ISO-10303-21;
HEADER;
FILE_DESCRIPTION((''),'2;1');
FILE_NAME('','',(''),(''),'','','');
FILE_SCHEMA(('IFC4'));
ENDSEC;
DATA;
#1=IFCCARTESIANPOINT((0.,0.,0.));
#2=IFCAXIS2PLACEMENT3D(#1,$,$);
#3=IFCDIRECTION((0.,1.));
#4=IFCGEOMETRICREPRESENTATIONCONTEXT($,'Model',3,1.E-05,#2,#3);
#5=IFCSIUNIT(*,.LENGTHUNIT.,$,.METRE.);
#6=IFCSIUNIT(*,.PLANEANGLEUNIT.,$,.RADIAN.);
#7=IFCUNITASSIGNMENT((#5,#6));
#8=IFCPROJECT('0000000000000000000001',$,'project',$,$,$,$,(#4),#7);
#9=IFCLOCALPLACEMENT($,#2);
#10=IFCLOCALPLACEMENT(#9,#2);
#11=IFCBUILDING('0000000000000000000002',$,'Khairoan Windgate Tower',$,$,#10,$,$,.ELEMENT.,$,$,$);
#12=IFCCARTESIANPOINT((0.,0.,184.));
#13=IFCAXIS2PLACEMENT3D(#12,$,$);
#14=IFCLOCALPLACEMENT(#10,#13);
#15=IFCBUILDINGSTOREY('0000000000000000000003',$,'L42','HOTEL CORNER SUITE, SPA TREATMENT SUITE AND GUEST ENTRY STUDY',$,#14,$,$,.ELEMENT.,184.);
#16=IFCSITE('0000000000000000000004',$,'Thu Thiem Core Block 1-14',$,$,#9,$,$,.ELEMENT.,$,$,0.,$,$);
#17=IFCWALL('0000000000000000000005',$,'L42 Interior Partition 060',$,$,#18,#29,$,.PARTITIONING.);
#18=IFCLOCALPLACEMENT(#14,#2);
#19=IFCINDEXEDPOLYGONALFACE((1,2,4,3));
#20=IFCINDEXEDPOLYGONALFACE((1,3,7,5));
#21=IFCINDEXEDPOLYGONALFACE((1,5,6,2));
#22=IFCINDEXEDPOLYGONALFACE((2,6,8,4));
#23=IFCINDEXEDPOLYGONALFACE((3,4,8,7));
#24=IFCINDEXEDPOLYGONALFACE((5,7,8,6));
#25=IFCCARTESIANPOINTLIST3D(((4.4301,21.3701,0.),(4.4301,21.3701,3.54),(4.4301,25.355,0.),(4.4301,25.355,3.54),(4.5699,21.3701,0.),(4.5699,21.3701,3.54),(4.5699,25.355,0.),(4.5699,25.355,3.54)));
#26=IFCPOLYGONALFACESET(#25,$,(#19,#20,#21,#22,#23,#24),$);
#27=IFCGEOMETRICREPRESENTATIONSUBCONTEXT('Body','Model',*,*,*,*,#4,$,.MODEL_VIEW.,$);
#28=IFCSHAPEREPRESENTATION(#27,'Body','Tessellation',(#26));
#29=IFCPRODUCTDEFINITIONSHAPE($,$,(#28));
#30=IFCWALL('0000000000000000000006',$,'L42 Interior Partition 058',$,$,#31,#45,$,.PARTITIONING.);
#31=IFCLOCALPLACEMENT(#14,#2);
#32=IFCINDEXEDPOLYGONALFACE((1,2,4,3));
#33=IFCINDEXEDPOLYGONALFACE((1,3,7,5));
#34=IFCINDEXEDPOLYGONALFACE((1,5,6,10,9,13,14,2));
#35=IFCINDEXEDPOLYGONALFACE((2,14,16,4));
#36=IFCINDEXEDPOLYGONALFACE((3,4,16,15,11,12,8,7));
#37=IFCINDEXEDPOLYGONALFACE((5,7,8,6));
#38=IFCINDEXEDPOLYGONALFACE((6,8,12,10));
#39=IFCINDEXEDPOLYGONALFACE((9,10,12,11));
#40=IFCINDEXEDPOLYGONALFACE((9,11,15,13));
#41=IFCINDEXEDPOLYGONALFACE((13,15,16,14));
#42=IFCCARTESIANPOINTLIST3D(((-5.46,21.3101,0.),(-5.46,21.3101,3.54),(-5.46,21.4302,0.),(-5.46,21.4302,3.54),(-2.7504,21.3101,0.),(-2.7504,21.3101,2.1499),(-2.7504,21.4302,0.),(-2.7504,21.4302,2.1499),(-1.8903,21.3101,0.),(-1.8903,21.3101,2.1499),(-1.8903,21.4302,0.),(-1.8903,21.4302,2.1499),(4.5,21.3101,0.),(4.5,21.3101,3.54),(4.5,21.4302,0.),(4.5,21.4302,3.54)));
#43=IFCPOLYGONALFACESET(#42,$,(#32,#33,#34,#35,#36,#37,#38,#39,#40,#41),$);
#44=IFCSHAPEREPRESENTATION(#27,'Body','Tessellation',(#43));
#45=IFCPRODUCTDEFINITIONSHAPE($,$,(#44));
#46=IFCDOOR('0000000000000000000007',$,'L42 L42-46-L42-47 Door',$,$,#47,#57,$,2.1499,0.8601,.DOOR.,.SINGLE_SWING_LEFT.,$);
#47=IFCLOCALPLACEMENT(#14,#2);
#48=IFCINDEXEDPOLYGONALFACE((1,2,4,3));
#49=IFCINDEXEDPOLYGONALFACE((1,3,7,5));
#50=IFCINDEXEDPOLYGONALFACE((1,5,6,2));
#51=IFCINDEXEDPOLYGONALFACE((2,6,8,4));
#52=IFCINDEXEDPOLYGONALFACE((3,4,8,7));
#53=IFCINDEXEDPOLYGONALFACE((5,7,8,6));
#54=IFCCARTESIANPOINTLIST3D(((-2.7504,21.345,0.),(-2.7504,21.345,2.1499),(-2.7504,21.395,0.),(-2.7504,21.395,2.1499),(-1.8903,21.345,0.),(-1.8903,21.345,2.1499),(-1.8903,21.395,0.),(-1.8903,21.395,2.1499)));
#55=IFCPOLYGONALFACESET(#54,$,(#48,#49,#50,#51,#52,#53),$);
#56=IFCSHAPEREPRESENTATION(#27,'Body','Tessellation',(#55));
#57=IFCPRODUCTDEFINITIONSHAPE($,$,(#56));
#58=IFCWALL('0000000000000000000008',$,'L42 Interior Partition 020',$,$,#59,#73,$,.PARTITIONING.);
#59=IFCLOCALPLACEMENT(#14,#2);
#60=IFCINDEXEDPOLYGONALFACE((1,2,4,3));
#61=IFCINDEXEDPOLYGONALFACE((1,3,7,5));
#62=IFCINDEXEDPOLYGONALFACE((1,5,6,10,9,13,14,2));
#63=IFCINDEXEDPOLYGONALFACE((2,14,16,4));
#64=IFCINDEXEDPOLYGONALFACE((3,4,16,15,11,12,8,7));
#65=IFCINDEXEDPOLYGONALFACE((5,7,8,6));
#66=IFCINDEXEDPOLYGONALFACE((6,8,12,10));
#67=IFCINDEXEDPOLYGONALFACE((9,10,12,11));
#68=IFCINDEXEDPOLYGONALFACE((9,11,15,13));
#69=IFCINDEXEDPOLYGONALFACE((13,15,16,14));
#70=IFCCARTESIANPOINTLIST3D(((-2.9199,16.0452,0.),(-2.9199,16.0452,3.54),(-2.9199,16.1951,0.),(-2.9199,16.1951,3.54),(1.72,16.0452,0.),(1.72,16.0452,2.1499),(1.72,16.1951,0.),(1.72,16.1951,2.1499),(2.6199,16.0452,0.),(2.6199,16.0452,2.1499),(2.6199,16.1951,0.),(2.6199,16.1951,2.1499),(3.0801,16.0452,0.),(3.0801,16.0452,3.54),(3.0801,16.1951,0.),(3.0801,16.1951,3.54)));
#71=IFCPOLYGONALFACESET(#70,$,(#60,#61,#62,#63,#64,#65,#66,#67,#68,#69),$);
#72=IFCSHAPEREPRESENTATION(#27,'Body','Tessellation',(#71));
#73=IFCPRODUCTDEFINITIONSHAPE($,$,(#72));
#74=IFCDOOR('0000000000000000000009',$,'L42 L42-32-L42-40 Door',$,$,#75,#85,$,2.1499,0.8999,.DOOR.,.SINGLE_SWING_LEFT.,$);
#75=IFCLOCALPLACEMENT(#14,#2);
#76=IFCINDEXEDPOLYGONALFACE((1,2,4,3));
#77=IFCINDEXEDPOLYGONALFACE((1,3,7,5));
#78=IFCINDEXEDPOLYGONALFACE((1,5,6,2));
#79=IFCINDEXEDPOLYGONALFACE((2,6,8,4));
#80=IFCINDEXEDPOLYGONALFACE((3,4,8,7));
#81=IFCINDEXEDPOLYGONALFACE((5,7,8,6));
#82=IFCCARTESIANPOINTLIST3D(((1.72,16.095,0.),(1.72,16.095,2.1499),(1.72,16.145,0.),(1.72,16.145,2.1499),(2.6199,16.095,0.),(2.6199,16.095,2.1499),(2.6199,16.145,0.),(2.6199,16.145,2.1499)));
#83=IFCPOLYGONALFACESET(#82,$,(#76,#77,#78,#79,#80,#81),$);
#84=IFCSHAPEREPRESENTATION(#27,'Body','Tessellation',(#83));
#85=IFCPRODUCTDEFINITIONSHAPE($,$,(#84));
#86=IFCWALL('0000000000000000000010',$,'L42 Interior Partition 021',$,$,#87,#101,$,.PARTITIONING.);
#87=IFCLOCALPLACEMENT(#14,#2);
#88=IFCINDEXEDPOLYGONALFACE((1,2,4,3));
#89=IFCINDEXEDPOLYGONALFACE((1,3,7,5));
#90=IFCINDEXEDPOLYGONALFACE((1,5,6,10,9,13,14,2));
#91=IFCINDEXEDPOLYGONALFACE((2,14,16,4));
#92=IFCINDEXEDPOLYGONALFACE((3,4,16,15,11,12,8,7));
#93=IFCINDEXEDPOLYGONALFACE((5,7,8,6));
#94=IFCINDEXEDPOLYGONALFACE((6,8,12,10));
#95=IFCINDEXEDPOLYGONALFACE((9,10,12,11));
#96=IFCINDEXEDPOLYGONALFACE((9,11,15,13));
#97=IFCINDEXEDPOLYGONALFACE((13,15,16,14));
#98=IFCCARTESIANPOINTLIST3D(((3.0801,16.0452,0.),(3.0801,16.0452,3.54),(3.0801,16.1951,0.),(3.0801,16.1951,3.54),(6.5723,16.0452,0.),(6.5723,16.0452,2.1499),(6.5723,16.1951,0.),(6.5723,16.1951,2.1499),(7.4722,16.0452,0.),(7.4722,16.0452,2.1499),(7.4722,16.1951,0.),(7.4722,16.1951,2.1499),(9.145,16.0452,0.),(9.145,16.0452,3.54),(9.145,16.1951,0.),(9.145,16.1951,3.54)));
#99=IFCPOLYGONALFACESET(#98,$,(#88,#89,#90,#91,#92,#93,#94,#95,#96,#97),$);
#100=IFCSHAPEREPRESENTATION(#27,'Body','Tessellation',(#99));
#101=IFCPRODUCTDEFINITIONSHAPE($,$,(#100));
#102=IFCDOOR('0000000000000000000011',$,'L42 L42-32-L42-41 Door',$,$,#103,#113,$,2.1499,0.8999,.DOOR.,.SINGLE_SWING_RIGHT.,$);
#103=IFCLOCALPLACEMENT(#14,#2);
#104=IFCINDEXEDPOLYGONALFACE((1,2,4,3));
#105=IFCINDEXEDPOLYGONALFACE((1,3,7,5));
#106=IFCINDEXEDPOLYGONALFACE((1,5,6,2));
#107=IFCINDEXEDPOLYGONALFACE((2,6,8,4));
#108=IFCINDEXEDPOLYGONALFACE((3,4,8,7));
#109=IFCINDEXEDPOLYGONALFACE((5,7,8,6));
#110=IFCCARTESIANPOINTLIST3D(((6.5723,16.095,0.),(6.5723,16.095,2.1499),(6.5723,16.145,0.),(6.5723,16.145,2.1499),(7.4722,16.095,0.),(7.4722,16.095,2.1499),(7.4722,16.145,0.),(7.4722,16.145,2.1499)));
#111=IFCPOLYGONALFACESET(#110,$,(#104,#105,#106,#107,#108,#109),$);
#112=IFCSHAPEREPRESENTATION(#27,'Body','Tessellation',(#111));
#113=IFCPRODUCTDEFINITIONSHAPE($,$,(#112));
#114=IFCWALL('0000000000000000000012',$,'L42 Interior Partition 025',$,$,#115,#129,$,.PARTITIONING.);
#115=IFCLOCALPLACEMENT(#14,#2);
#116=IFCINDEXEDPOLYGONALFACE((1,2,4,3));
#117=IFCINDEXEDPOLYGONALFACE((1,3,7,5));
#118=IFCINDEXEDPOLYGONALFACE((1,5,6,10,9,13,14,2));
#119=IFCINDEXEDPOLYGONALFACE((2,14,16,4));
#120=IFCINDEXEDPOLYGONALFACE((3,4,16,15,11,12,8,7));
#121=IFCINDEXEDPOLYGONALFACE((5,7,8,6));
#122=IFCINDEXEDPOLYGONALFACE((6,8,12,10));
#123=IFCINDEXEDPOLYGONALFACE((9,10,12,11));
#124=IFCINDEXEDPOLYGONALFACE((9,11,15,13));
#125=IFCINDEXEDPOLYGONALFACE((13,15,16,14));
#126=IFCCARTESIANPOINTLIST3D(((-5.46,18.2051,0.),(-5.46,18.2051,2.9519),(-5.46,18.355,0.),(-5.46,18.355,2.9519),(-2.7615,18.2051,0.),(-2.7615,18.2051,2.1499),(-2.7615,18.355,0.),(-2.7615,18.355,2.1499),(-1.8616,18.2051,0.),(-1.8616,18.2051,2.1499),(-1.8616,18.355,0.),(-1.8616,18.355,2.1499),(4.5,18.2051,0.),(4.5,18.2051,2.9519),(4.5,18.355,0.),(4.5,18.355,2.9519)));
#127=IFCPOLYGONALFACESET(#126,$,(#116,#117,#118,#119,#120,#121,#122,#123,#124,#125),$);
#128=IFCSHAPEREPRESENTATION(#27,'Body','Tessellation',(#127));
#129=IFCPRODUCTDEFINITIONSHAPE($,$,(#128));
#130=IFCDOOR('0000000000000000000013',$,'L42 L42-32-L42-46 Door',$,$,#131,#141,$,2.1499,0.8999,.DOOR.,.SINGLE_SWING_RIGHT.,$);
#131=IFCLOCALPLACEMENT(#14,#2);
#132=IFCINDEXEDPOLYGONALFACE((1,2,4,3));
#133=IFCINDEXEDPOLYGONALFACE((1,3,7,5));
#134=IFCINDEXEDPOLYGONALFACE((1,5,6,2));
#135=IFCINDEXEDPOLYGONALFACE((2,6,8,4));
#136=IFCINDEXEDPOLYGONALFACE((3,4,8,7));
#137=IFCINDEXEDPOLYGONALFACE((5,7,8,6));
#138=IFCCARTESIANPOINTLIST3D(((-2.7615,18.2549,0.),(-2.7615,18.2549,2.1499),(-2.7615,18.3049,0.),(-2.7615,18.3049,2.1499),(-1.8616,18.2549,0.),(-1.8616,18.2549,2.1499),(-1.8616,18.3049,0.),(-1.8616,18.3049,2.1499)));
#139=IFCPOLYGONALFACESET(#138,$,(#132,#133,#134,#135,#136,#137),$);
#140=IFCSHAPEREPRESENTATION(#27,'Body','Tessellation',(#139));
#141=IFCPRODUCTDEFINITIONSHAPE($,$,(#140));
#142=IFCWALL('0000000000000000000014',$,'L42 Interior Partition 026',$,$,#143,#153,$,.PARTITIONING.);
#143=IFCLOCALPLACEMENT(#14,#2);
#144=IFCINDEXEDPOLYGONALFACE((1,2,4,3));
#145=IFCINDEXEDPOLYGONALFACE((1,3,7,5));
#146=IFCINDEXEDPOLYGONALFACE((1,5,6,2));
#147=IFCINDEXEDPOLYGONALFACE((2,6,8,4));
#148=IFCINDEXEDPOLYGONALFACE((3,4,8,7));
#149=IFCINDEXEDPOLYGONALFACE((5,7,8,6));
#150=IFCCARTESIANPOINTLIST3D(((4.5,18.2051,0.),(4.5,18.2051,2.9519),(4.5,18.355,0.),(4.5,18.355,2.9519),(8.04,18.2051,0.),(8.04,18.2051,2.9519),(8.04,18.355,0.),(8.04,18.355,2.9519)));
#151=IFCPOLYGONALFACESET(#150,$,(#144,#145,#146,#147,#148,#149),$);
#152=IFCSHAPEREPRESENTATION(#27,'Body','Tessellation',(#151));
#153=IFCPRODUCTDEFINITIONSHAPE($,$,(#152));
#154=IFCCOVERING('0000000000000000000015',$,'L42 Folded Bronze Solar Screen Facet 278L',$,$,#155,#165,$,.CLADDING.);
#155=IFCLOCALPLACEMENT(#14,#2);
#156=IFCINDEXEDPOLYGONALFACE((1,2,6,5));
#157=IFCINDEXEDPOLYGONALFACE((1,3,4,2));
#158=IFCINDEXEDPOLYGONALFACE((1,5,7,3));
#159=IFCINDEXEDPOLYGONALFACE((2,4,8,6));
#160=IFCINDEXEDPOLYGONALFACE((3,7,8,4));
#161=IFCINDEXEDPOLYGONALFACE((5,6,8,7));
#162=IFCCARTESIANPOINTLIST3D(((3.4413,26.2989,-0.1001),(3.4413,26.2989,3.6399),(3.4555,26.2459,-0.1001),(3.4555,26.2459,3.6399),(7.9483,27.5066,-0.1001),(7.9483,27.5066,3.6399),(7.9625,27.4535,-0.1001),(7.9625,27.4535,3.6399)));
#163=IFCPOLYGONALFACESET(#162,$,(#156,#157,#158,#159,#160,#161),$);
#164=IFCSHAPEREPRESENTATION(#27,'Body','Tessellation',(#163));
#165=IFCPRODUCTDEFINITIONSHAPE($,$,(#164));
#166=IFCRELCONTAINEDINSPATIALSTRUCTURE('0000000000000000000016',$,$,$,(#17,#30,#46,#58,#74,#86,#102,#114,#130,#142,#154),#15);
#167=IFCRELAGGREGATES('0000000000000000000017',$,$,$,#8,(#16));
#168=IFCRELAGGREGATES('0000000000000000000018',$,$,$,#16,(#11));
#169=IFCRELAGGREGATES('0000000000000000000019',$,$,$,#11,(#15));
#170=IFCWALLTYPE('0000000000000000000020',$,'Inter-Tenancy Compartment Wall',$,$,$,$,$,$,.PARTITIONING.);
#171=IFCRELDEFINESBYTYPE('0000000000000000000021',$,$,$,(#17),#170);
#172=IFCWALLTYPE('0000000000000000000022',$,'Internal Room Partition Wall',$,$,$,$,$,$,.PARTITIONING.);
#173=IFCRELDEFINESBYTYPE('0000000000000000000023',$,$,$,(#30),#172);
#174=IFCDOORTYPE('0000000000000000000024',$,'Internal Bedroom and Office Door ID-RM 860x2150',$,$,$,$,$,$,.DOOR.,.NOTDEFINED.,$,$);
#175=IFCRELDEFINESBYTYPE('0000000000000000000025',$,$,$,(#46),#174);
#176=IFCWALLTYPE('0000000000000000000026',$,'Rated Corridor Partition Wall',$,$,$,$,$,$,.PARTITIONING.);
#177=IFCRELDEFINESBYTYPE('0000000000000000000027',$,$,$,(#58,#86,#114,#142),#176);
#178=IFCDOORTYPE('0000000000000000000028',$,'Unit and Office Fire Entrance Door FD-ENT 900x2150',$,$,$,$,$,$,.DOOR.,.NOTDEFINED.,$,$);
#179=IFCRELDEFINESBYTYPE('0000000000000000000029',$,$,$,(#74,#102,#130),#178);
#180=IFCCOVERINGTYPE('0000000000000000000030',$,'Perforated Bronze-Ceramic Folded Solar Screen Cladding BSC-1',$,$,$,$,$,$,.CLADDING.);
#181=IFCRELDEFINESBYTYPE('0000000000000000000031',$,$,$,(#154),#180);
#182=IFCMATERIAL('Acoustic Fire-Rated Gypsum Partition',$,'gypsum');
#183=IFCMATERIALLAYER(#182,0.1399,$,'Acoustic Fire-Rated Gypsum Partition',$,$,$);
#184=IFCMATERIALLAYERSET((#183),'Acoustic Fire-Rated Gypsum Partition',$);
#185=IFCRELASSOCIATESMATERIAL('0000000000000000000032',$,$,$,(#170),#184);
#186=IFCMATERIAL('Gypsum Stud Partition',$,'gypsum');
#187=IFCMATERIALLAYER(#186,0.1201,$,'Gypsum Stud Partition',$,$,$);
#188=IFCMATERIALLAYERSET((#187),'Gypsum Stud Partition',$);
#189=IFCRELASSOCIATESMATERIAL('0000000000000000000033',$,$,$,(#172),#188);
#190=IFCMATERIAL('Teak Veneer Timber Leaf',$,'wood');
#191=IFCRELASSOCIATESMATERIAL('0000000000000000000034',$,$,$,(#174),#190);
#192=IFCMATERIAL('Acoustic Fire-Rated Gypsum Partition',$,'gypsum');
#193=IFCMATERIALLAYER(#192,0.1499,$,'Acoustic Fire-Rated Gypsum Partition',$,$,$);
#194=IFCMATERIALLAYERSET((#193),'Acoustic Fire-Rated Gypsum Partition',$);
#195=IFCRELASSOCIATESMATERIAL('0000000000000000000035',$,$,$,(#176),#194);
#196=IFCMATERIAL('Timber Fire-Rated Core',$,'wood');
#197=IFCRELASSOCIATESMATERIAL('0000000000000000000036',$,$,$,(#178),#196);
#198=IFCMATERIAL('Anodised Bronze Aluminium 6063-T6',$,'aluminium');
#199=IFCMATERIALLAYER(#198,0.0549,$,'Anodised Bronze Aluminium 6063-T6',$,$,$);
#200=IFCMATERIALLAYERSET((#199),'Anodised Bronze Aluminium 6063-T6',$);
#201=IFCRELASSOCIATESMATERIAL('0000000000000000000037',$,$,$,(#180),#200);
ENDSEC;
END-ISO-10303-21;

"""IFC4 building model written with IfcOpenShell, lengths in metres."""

from ifc_helpers import new_model, si_unit, direction, frame, frame_2d, origin, origin_2d, place, context, subcontext, project, spatial, rectangle, extrude, material, layer, layer_set, type_object, element, fill, save


model = new_model("IFC4")

# Units and contexts
model_context = context("Model", 3, precision=1e-05, world=origin(), true_north=direction((0.0, 1.0)))
body_context = subcontext(model_context, "Body", "Model", "MODEL_VIEW")
ifc_project = project(units=[si_unit("LENGTHUNIT", "METRE"), si_unit("PLANEANGLEUNIT", "RADIAN")], contexts=[model_context])

# Site, building, storey
site_placement = place(None, origin())
site = spatial("IfcSite", under=ifc_project, at=site_placement, Name="Thu Thiem Core Block 1-14", CompositionType="ELEMENT", RefElevation=0.0)
building_placement = place(site_placement, origin())
building = spatial("IfcBuilding", under=site, at=building_placement, Name="Khairoan Windgate Tower", CompositionType="ELEMENT")
storey_placement = place(building_placement, frame((0.0, 0.0, 184.0)))
storey = spatial("IfcBuildingStorey", under=building, at=storey_placement, Name="L42", Description="HOTEL CORNER SUITE, SPA TREATMENT SUITE AND GUEST ENTRY STUDY", CompositionType="ELEMENT", Elevation=184.0)

# Wall
ifc_material_1 = material(Name="Acoustic Fire-Rated Gypsum Partition", Category="gypsum")
ifc_layer_1 = layer(ifc_material_1, 0.1399, Name="Acoustic Fire-Rated Gypsum Partition")
ifc_layer_set_1 = layer_set([ifc_layer_1], Name="Acoustic Fire-Rated Gypsum Partition")
wall_type_1 = type_object("IfcWallType", Name="Inter-Tenancy Compartment Wall", PredefinedType="PARTITIONING", material=ifc_layer_set_1)
wall_1_placement = place(storey_placement, frame((4.5, 21.3701, 0.0), z_axis=(0.0, 0.0, 1.0), x_axis=(0.0, 1.0, 0.0)))
element("IfcWall", 1, at=wall_1_placement, inside=storey, type_object=wall_type_1, Name="L42 Interior Partition 060", PredefinedType="PARTITIONING", context=body_context, shape_type="SweptSolid", body=[
    extrude(rectangle(XDim=3.9849, YDim=0.1399, at=frame_2d((1.9924, 0.0))), origin(), (0.0, 0.0, 1.0), 3.54),
])

# Walls, openings, doors
ifc_material_2 = material(Name="Gypsum Stud Partition", Category="gypsum")
ifc_layer_2 = layer(ifc_material_2, 0.1201, Name="Gypsum Stud Partition")
ifc_layer_set_2 = layer_set([ifc_layer_2], Name="Gypsum Stud Partition")
wall_type_2 = type_object("IfcWallType", Name="Internal Room Partition Wall", PredefinedType="PARTITIONING", material=ifc_layer_set_2)
wall_2_placement = place(storey_placement, frame((-5.46, 21.3701, 0.0), z_axis=(0.0, 0.0, 1.0), x_axis=(1.0, 0.0, 0.0)))
wall_2 = element("IfcWall", 2, at=wall_2_placement, inside=storey, type_object=wall_type_2, Name="L42 Interior Partition 058", PredefinedType="PARTITIONING", context=body_context, shape_type="SweptSolid", body=[
    extrude(rectangle(XDim=9.96, YDim=0.1201, at=frame_2d((4.98, 0.0))), origin(), (0.0, 0.0, 1.0), 3.54),
])
opening_1_placement = place(wall_2_placement, frame((2.7095, 0.0, 0.0)))
opening_1 = element("IfcOpeningElement", 3, at=opening_1_placement, cuts=wall_2, PredefinedType="OPENING", context=body_context, shape_type="SweptSolid", body=[
    extrude(rectangle(XDim=0.8601, YDim=2.1499, at=frame_2d((0.4302, 1.075))), frame((0.0, 0.0701, 0.0), z_axis=(0.0, -1.0, 0.0), x_axis=(1.0, 0.0, 0.0)), (0.0, 0.0, 1.0), 0.1401),
])
ifc_material_3 = material(Name="Teak Veneer Timber Leaf", Category="wood")
door_type_1 = type_object("IfcDoorType", Name="Internal Bedroom and Office Door ID-RM 860x2150", OperationType="NOTDEFINED", PredefinedType="DOOR", material=ifc_material_3)
door_1_placement = place(opening_1_placement, origin())
door_1 = element("IfcDoor", 4, at=door_1_placement, inside=storey, type_object=door_type_1, Name="L42 L42-46-L42-47 Door", OperationType="SINGLE_SWING_LEFT", OverallHeight=2.1499, OverallWidth=0.8601, PredefinedType="DOOR", context=body_context, shape_type="SweptSolid", body=[
    extrude(rectangle(XDim=0.8601, YDim=2.1499, at=frame_2d((0.4302, 1.075))), frame((0.0, 0.0249, 0.0), z_axis=(0.0, -1.0, 0.0), x_axis=(1.0, 0.0, 0.0)), (0.0, 0.0, 1.0), 0.05),
])
fill(opening_1, door_1)
ifc_material_4 = material(Name="Acoustic Fire-Rated Gypsum Partition", Category="gypsum")
ifc_layer_3 = layer(ifc_material_4, 0.1499, Name="Acoustic Fire-Rated Gypsum Partition")
ifc_layer_set_3 = layer_set([ifc_layer_3], Name="Acoustic Fire-Rated Gypsum Partition")
wall_type_3 = type_object("IfcWallType", Name="Rated Corridor Partition Wall", PredefinedType="PARTITIONING", material=ifc_layer_set_3)
wall_3_placement = place(storey_placement, frame((-2.9199, 16.1201, 0.0), z_axis=(0.0, 0.0, 1.0), x_axis=(1.0, 0.0, 0.0)))
wall_3 = element("IfcWall", 5, at=wall_3_placement, inside=storey, type_object=wall_type_3, Name="L42 Interior Partition 020", PredefinedType="PARTITIONING", context=body_context, shape_type="SweptSolid", body=[
    extrude(rectangle(XDim=6.0, YDim=0.1499, at=frame_2d((3.0, 0.0))), origin(), (0.0, 0.0, 1.0), 3.54),
])
opening_2_placement = place(wall_3_placement, frame((4.6399, 0.0, 0.0)))
opening_2 = element("IfcOpeningElement", 6, at=opening_2_placement, cuts=wall_3, PredefinedType="OPENING", context=body_context, shape_type="SweptSolid", body=[
    extrude(rectangle(XDim=0.8999, YDim=2.1499, at=frame_2d((0.45, 1.075))), frame((0.0, 0.085, 0.0), z_axis=(0.0, -1.0, 0.0), x_axis=(1.0, 0.0, 0.0)), (0.0, 0.0, 1.0), 0.1699),
])
ifc_material_5 = material(Name="Timber Fire-Rated Core", Category="wood")
door_type_2 = type_object("IfcDoorType", Name="Unit and Office Fire Entrance Door FD-ENT 900x2150", OperationType="NOTDEFINED", PredefinedType="DOOR", material=ifc_material_5)
door_2_placement = place(opening_2_placement, origin())
door_2 = element("IfcDoor", 7, at=door_2_placement, inside=storey, type_object=door_type_2, Name="L42 L42-32-L42-40 Door", OperationType="SINGLE_SWING_LEFT", OverallHeight=2.1499, OverallWidth=0.8999, PredefinedType="DOOR", context=body_context, shape_type="SweptSolid", body=[
    extrude(rectangle(XDim=0.8999, YDim=2.1499, at=frame_2d((0.45, 1.075))), frame((0.0, 0.0249, 0.0), z_axis=(0.0, -1.0, 0.0), x_axis=(1.0, 0.0, 0.0)), (0.0, 0.0, 1.0), 0.05),
])
fill(opening_2, door_2)
wall_4_placement = place(storey_placement, frame((3.0801, 16.1201, 0.0), z_axis=(0.0, 0.0, 1.0), x_axis=(1.0, 0.0, 0.0)))
wall_4 = element("IfcWall", 8, at=wall_4_placement, inside=storey, type_object=wall_type_3, Name="L42 Interior Partition 021", PredefinedType="PARTITIONING", context=body_context, shape_type="SweptSolid", body=[
    extrude(rectangle(XDim=6.0649, YDim=0.1499, at=frame_2d((3.0325, 0.0))), origin(), (0.0, 0.0, 1.0), 3.54),
])
opening_3_placement = place(wall_4_placement, frame((3.4922, 0.0, 0.0)))
opening_3 = element("IfcOpeningElement", 9, at=opening_3_placement, cuts=wall_4, PredefinedType="OPENING", context=body_context, shape_type="SweptSolid", body=[
    extrude(rectangle(XDim=0.8999, YDim=2.1499, at=frame_2d((0.45, 1.075))), frame((0.0, 0.085, 0.0), z_axis=(0.0, -1.0, 0.0), x_axis=(1.0, 0.0, 0.0)), (0.0, 0.0, 1.0), 0.1699),
])
door_3_placement = place(opening_3_placement, origin())
door_3 = element("IfcDoor", 10, at=door_3_placement, inside=storey, type_object=door_type_2, Name="L42 L42-32-L42-41 Door", OperationType="SINGLE_SWING_RIGHT", OverallHeight=2.1499, OverallWidth=0.8999, PredefinedType="DOOR", context=body_context, shape_type="SweptSolid", body=[
    extrude(rectangle(XDim=0.8999, YDim=2.1499, at=frame_2d((0.45, 1.075))), frame((0.0, 0.0249, 0.0), z_axis=(0.0, -1.0, 0.0), x_axis=(1.0, 0.0, 0.0)), (0.0, 0.0, 1.0), 0.05),
])
fill(opening_3, door_3)
wall_5_placement = place(storey_placement, frame((-5.46, 18.28, 0.0), z_axis=(0.0, 0.0, 1.0), x_axis=(1.0, 0.0, 0.0)))
wall_5 = element("IfcWall", 11, at=wall_5_placement, inside=storey, type_object=wall_type_3, Name="L42 Interior Partition 025", PredefinedType="PARTITIONING", context=body_context, shape_type="SweptSolid", body=[
    extrude(rectangle(XDim=9.96, YDim=0.1499, at=frame_2d((4.98, 0.0))), origin(), (0.0, 0.0, 1.0), 2.9519),
])
opening_4_placement = place(wall_5_placement, frame((2.6985, 0.0, 0.0)))
opening_4 = element("IfcOpeningElement", 12, at=opening_4_placement, cuts=wall_5, PredefinedType="OPENING", context=body_context, shape_type="SweptSolid", body=[
    extrude(rectangle(XDim=0.8999, YDim=2.1499, at=frame_2d((0.45, 1.075))), frame((0.0, 0.085, 0.0), z_axis=(0.0, -1.0, 0.0), x_axis=(1.0, 0.0, 0.0)), (0.0, 0.0, 1.0), 0.1699),
])
door_4_placement = place(opening_4_placement, origin())
door_4 = element("IfcDoor", 13, at=door_4_placement, inside=storey, type_object=door_type_2, Name="L42 L42-32-L42-46 Door", OperationType="SINGLE_SWING_RIGHT", OverallHeight=2.1499, OverallWidth=0.8999, PredefinedType="DOOR", context=body_context, shape_type="SweptSolid", body=[
    extrude(rectangle(XDim=0.8999, YDim=2.1499, at=frame_2d((0.45, 1.075))), frame((0.0, 0.0249, 0.0), z_axis=(0.0, -1.0, 0.0), x_axis=(1.0, 0.0, 0.0)), (0.0, 0.0, 1.0), 0.05),
])
fill(opening_4, door_4)

# Wall
wall_6_placement = place(storey_placement, frame((4.5, 18.28, 0.0), z_axis=(0.0, 0.0, 1.0), x_axis=(1.0, 0.0, 0.0)))
element("IfcWall", 14, at=wall_6_placement, inside=storey, type_object=wall_type_3, Name="L42 Interior Partition 026", PredefinedType="PARTITIONING", context=body_context, shape_type="SweptSolid", body=[
    extrude(rectangle(XDim=3.54, YDim=0.1499, at=frame_2d((1.77, 0.0))), origin(), (0.0, 0.0, 1.0), 2.9519),
])

# Covering
ifc_material_6 = material(Name="Anodised Bronze Aluminium 6063-T6", Category="aluminium")
ifc_layer_4 = layer(ifc_material_6, 0.0549, Name="Anodised Bronze Aluminium 6063-T6")
ifc_layer_set_4 = layer_set([ifc_layer_4], Name="Anodised Bronze Aluminium 6063-T6")
covering_type = type_object("IfcCoveringType", Name="Perforated Bronze-Ceramic Folded Solar Screen Cladding BSC-1", PredefinedType="CLADDING", material=ifc_layer_set_4)
covering_placement = place(storey_placement, frame((5.7019, 26.8762, -0.1001), z_axis=(0.0, 0.0, 1.0), x_axis=(0.965926, 0.258819, 0.0)))
element("IfcCovering", 15, at=covering_placement, inside=storey, type_object=covering_type, Name="L42 Folded Bronze Solar Screen Facet 278L", PredefinedType="CLADDING", context=body_context, shape_type="SweptSolid", body=[
    extrude(rectangle(XDim=4.666, YDim=0.0549, at=origin_2d()), origin(), (0.0, 0.0, 1.0), 3.74),
])

save(model, "model.ifc")
